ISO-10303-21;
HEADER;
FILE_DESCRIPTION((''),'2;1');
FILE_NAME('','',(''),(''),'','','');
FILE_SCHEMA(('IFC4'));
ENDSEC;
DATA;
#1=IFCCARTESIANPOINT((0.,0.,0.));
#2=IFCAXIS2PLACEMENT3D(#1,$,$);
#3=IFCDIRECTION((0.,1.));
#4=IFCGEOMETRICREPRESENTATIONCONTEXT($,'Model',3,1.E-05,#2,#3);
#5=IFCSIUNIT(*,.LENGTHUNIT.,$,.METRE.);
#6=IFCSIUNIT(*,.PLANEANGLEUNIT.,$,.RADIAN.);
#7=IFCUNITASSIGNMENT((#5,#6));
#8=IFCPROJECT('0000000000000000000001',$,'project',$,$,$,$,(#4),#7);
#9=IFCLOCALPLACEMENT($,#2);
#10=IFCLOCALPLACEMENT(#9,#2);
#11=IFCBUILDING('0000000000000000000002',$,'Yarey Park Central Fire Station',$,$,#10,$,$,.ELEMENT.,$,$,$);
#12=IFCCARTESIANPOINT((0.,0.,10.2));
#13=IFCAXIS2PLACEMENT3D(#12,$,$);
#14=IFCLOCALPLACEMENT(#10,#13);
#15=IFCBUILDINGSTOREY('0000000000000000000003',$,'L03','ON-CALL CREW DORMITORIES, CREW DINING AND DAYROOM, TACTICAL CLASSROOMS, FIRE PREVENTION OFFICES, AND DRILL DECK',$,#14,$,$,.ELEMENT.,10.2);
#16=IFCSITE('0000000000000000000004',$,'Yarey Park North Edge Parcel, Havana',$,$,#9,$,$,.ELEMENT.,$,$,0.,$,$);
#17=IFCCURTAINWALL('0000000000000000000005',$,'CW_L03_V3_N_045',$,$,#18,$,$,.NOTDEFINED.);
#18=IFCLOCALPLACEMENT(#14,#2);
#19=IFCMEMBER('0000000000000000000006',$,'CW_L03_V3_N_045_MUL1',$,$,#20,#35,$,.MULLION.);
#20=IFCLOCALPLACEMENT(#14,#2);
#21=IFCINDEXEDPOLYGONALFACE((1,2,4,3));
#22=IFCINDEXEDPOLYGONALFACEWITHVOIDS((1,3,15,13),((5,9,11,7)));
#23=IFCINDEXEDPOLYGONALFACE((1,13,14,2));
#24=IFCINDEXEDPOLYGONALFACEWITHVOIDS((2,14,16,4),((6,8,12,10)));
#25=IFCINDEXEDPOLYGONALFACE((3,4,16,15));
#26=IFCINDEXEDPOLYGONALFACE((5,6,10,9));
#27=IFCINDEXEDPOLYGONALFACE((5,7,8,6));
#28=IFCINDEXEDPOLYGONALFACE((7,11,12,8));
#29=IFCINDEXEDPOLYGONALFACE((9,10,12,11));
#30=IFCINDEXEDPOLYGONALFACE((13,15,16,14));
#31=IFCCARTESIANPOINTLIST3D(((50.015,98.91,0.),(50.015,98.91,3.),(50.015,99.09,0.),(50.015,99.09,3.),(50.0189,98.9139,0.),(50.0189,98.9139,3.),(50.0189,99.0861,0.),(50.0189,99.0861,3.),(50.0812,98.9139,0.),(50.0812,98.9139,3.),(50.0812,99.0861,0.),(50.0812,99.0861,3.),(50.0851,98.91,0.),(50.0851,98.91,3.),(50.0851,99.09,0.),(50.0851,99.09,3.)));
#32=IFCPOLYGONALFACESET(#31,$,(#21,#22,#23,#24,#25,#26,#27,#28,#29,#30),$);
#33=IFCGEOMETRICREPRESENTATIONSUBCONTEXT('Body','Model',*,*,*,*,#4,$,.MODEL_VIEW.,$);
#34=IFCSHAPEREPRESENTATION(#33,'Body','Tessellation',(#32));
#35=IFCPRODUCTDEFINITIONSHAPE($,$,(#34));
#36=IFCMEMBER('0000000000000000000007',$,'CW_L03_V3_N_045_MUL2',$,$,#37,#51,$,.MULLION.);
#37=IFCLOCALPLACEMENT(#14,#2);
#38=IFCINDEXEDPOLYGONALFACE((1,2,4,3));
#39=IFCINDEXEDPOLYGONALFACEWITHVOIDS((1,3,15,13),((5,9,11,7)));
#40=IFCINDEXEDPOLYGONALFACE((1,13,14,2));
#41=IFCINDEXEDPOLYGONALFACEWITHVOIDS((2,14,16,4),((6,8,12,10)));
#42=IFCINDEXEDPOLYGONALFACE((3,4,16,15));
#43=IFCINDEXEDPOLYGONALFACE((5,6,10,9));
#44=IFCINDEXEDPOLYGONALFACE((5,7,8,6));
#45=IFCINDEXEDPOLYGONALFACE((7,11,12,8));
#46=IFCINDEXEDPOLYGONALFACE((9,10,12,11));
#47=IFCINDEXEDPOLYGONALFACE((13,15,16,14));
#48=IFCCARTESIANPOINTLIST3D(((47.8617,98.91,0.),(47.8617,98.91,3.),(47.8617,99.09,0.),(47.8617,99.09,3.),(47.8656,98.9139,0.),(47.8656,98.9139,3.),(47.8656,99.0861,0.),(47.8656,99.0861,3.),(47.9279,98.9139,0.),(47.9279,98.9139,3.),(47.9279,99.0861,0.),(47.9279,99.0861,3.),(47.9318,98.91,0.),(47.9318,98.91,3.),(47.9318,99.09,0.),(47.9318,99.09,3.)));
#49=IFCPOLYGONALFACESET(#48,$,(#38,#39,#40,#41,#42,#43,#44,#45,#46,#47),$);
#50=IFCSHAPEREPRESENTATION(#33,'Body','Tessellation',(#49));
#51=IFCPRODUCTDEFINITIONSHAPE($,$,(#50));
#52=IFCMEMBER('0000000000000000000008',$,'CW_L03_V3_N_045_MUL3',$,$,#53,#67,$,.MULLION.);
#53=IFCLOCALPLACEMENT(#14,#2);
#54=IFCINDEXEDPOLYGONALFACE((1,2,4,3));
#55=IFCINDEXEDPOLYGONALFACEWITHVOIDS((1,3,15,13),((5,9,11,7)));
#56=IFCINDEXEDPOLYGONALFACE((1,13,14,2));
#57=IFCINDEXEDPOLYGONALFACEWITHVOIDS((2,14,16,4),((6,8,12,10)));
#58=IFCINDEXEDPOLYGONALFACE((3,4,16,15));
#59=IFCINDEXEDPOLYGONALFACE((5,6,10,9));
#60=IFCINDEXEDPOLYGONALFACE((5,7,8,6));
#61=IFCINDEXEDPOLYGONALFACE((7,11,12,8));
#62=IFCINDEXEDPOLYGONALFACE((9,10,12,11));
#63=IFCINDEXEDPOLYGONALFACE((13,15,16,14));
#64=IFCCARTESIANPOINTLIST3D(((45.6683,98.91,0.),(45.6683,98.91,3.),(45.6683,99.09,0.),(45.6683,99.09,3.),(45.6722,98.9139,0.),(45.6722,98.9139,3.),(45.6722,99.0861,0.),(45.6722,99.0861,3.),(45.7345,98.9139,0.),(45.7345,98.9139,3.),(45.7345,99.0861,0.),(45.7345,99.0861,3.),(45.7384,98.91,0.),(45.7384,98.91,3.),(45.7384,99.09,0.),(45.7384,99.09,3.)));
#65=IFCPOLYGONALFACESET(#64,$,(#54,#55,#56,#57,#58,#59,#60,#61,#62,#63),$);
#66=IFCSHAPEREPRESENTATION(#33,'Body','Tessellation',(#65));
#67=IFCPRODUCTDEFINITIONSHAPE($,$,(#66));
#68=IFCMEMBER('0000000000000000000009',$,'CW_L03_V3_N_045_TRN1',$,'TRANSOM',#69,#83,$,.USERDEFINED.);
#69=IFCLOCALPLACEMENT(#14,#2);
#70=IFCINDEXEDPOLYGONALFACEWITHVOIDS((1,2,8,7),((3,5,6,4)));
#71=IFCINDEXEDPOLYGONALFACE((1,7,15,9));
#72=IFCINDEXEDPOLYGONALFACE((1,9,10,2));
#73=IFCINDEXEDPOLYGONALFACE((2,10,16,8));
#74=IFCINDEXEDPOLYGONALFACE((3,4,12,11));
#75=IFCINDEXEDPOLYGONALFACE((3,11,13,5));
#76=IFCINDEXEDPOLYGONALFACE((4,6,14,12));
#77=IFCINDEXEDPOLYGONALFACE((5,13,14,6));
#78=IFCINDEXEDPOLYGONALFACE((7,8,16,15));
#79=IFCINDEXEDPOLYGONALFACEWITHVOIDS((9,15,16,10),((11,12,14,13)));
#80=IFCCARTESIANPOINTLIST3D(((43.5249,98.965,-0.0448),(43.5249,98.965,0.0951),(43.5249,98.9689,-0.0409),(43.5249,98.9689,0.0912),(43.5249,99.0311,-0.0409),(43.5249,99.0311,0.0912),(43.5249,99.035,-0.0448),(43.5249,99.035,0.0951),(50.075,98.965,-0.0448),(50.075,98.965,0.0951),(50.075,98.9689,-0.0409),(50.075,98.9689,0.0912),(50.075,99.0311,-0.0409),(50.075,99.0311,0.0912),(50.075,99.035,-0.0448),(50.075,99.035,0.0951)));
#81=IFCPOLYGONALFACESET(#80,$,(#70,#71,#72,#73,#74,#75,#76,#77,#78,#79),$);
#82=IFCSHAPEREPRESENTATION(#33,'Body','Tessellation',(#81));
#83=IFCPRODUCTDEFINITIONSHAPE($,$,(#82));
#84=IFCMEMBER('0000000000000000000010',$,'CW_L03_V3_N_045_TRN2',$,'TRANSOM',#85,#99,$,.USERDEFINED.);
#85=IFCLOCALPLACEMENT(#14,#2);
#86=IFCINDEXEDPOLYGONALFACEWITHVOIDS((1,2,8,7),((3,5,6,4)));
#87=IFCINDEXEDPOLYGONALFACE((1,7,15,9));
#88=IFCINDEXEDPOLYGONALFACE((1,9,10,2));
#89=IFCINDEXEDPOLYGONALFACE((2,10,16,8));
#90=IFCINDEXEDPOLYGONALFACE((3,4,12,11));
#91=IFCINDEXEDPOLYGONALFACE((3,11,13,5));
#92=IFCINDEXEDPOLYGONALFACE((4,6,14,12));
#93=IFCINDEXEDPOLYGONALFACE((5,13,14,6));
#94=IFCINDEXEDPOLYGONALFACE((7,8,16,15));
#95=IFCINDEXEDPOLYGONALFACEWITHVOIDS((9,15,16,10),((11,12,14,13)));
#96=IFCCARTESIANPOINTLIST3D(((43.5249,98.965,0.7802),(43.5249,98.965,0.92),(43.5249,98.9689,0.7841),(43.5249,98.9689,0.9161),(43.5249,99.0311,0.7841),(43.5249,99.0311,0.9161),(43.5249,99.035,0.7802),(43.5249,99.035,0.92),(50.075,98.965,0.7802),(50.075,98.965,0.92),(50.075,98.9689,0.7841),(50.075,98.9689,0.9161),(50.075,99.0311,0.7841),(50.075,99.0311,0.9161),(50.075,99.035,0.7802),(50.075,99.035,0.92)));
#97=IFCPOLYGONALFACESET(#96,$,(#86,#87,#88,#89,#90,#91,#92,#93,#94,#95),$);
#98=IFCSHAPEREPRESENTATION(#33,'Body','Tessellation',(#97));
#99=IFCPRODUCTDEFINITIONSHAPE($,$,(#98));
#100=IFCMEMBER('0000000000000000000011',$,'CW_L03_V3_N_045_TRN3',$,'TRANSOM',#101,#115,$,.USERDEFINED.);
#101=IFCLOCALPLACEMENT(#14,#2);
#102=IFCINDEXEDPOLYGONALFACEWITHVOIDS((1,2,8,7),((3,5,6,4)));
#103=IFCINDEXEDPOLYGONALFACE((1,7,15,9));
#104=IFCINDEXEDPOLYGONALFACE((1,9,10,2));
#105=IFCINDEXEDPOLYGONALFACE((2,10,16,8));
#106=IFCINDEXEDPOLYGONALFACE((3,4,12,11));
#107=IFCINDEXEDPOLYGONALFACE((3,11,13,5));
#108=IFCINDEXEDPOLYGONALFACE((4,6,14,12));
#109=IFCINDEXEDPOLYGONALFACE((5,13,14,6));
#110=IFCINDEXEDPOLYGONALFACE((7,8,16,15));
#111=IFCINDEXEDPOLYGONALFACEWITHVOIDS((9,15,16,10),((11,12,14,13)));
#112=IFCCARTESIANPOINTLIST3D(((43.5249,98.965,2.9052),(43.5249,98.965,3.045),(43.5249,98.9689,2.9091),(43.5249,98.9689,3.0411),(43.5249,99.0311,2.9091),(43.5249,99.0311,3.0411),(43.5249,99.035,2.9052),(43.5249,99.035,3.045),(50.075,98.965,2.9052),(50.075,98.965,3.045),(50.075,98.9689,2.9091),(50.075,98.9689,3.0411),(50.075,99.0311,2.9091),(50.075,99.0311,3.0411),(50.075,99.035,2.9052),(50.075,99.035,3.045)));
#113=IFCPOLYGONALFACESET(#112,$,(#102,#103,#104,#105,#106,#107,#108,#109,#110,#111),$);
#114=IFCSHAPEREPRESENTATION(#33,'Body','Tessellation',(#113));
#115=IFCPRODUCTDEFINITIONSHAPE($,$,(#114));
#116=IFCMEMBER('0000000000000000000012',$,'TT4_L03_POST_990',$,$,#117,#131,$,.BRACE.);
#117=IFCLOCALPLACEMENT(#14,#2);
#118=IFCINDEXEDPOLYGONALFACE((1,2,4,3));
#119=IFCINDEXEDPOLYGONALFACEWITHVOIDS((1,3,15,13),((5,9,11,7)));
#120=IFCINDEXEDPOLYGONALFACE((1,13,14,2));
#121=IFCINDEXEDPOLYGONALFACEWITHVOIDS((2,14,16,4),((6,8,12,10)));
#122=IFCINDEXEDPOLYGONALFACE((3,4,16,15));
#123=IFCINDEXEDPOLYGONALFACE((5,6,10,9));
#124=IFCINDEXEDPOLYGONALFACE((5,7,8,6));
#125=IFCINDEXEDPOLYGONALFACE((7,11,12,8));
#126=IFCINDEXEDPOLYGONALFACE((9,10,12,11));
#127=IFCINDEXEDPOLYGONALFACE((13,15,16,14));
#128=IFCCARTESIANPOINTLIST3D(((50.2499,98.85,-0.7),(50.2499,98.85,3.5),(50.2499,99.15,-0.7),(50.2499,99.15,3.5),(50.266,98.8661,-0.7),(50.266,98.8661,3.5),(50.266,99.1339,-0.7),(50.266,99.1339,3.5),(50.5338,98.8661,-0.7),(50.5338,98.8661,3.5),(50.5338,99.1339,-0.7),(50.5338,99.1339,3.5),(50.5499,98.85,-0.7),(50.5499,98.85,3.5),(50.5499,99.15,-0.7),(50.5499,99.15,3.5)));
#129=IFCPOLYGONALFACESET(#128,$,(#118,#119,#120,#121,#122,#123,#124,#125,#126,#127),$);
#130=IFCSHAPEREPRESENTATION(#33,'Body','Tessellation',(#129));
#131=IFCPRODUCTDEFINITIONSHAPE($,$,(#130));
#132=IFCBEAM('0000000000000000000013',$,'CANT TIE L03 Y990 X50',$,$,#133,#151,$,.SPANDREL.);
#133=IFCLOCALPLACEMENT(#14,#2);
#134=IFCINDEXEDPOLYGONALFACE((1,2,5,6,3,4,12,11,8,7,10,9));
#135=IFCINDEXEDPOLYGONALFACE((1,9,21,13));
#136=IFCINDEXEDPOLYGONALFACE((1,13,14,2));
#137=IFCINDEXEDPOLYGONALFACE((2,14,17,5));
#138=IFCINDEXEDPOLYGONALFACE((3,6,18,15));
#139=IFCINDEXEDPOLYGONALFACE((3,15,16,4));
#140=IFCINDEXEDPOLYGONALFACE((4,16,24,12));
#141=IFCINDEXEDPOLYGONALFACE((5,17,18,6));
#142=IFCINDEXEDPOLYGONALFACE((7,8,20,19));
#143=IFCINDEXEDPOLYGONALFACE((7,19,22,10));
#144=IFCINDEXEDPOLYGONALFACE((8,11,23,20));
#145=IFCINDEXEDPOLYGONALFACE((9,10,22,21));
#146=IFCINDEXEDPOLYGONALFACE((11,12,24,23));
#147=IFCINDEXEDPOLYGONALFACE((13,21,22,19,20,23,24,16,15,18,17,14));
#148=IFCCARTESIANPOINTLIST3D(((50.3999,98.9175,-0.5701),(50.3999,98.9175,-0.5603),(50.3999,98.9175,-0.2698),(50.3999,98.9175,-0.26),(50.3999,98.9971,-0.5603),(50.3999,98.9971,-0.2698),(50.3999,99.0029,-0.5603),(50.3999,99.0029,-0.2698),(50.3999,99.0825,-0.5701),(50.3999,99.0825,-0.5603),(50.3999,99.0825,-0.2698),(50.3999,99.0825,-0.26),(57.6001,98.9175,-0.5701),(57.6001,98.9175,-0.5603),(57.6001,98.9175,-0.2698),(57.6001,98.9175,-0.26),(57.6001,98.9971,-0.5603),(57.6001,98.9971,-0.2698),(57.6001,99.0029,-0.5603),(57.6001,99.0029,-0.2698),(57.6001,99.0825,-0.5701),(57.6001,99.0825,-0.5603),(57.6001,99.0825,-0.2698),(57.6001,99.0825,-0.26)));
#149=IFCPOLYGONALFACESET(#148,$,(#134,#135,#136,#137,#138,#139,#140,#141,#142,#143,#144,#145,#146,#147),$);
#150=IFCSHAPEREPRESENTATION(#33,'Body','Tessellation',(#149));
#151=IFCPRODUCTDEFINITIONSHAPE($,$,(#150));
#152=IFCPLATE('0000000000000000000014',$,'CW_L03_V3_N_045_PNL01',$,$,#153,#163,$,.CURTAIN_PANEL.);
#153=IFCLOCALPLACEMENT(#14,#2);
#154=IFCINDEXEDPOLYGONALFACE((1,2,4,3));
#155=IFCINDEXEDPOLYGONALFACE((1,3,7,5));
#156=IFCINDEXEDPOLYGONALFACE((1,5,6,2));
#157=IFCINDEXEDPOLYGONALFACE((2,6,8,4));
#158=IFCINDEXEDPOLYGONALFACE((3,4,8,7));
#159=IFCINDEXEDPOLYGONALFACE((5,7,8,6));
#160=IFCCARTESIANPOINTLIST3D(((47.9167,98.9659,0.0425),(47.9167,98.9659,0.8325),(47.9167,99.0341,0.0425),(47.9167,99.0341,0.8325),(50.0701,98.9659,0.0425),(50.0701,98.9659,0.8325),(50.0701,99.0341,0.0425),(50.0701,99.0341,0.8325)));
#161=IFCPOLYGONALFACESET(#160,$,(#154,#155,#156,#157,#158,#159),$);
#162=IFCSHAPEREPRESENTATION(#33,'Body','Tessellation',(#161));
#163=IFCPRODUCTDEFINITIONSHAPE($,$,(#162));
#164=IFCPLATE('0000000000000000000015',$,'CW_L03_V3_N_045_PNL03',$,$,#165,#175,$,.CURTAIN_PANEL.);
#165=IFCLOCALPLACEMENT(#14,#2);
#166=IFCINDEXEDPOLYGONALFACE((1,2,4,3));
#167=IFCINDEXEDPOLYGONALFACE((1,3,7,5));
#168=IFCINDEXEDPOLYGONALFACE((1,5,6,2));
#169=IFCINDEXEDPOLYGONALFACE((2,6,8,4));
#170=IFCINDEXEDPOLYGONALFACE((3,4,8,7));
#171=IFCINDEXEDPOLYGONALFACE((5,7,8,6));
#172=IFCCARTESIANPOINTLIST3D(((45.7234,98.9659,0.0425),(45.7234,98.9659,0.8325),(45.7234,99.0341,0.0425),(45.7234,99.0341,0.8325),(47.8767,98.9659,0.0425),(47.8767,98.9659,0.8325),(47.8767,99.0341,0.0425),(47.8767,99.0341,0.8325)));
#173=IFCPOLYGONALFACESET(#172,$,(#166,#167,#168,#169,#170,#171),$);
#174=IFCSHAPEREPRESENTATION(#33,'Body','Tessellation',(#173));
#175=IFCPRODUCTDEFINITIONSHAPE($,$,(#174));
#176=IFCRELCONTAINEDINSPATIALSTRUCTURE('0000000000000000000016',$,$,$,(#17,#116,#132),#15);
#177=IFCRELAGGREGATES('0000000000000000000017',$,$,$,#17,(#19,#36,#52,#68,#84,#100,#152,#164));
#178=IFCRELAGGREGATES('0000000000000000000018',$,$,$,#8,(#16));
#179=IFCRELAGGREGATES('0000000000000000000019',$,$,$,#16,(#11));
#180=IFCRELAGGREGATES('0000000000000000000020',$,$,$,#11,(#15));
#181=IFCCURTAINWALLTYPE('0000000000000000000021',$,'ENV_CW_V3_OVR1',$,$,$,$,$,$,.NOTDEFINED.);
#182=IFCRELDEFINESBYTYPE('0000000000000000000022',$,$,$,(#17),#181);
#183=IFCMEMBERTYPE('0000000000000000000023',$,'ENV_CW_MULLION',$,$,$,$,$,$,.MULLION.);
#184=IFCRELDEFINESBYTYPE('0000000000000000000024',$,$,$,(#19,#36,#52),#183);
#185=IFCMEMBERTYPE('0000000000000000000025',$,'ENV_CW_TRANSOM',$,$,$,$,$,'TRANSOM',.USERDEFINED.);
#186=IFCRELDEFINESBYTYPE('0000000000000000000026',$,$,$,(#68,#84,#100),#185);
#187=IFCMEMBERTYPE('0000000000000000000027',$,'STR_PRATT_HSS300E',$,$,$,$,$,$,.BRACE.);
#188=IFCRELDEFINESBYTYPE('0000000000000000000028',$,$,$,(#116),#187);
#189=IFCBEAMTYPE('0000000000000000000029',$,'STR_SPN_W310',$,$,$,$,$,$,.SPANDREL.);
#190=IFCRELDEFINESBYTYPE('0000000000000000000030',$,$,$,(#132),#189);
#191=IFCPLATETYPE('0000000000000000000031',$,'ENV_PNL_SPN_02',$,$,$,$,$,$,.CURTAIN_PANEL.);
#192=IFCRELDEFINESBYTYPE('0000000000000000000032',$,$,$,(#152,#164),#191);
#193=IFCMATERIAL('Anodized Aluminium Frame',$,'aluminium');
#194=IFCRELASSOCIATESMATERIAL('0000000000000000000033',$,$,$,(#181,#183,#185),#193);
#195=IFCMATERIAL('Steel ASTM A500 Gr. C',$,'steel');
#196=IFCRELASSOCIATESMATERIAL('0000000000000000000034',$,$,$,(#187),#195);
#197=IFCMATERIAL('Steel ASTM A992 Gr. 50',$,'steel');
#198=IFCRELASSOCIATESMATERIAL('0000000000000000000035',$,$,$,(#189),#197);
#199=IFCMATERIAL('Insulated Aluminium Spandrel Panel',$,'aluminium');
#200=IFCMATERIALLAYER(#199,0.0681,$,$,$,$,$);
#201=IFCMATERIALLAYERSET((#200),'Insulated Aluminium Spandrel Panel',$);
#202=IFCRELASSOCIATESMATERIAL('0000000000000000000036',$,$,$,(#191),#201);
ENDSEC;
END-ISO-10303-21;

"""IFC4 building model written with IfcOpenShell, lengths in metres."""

from ifc_helpers import new_model, si_unit, direction, frame, origin, origin_2d, place, context, subcontext, project, spatial, rectangle, hollow_rectangle, i_section, extrude, material, layer, layer_set, material_profile, profile_set, type_object, element, aggregate, save


model = new_model("IFC4")

# Units and contexts
model_context = context("Model", 3, precision=1e-05, world=origin(), true_north=direction((0.0, 1.0)))
body_context = subcontext(model_context, "Body", "Model", "MODEL_VIEW")
ifc_project = project(units=[si_unit("LENGTHUNIT", "METRE"), si_unit("PLANEANGLEUNIT", "RADIAN")], contexts=[model_context])

# Site, building, storey
site_placement = place(None, origin())
site = spatial("IfcSite", under=ifc_project, at=site_placement, Name="Yarey Park North Edge Parcel, Havana", CompositionType="ELEMENT", RefElevation=0.0)
building_placement = place(site_placement, origin())
building = spatial("IfcBuilding", under=site, at=building_placement, Name="Yarey Park Central Fire Station", CompositionType="ELEMENT")
storey_placement = place(building_placement, frame((0.0, 0.0, 10.2)))
storey = spatial("IfcBuildingStorey", under=building, at=storey_placement, Name="L03", Description="ON-CALL CREW DORMITORIES, CREW DINING AND DAYROOM, TACTICAL CLASSROOMS, FIRE PREVENTION OFFICES, AND DRILL DECK", CompositionType="ELEMENT", Elevation=10.2)

# Curtain wall, members
ifc_material_1 = material(Name="Anodized Aluminium Frame", Category="aluminium")
curtain_wall_type = type_object("IfcCurtainWallType", Name="ENV_CW_V3_OVR1", PredefinedType="NOTDEFINED", material=ifc_material_1)
curtain_wall_placement = place(storey_placement, origin())
curtain_wall = element("IfcCurtainWall", 1, at=curtain_wall_placement, inside=storey, type_object=curtain_wall_type, Name="CW_L03_V3_N_045", PredefinedType="NOTDEFINED")
ifc_material_profile_1 = material_profile(ifc_material_1, hollow_rectangle(XDim=0.0701, YDim=0.1799, WallThickness=0.0039, at=origin_2d()), Name="ALU 180x70x4")
ifc_profile_set_1 = profile_set([ifc_material_profile_1], Name="Anodized Aluminium Frame")
member_type_1 = type_object("IfcMemberType", Name="ENV_CW_MULLION", PredefinedType="MULLION", material=ifc_profile_set_1)
member_1_placement = place(storey_placement, frame((50.05, 99.0, 0.0), z_axis=(0.0, 0.0, 1.0), x_axis=(1.0, 0.0, 0.0)))
member_1 = element("IfcMember", 2, at=member_1_placement, type_object=member_type_1, Name="CW_L03_V3_N_045_MUL1", PredefinedType="MULLION", context=body_context, shape_type="SweptSolid", body=[
    extrude(hollow_rectangle(XDim=0.0701, YDim=0.1799, WallThickness=0.0039, at=origin_2d()), origin(), (0.0, 0.0, 1.0), 3.0),
])
member_2_placement = place(storey_placement, frame((47.8967, 99.0, 0.0), z_axis=(0.0, 0.0, 1.0), x_axis=(1.0, 0.0, 0.0)))
member_2 = element("IfcMember", 3, at=member_2_placement, type_object=member_type_1, Name="CW_L03_V3_N_045_MUL2", PredefinedType="MULLION", context=body_context, shape_type="SweptSolid", body=[
    extrude(hollow_rectangle(XDim=0.0701, YDim=0.1799, WallThickness=0.0039, at=origin_2d()), origin(), (0.0, 0.0, 1.0), 3.0),
])
member_3_placement = place(storey_placement, frame((45.7034, 99.0, 0.0), z_axis=(0.0, 0.0, 1.0), x_axis=(1.0, 0.0, 0.0)))
member_3 = element("IfcMember", 4, at=member_3_placement, type_object=member_type_1, Name="CW_L03_V3_N_045_MUL3", PredefinedType="MULLION", context=body_context, shape_type="SweptSolid", body=[
    extrude(hollow_rectangle(XDim=0.0701, YDim=0.1799, WallThickness=0.0039, at=origin_2d()), origin(), (0.0, 0.0, 1.0), 3.0),
])
ifc_material_profile_2 = material_profile(ifc_material_1, hollow_rectangle(XDim=0.0701, YDim=0.1399, WallThickness=0.0039, at=origin_2d()), Name="ALU 140x70x4")
ifc_profile_set_2 = profile_set([ifc_material_profile_2], Name="Anodized Aluminium Frame")
member_type_2 = type_object("IfcMemberType", Name="ENV_CW_TRANSOM", ElementType="TRANSOM", PredefinedType="USERDEFINED", material=ifc_profile_set_2)
member_4_placement = place(storey_placement, frame((50.075, 99.0, 0.0251), z_axis=(-1.0, 0.0, 0.0), x_axis=(0.0, -1.0, 0.0)))
member_4 = element("IfcMember", 5, at=member_4_placement, type_object=member_type_2, Name="CW_L03_V3_N_045_TRN1", ObjectType="TRANSOM", PredefinedType="USERDEFINED", context=body_context, shape_type="SweptSolid", body=[
    extrude(hollow_rectangle(XDim=0.0701, YDim=0.1399, WallThickness=0.0039, at=origin_2d()), origin(), (0.0, 0.0, 1.0), 6.55),
])
member_5_placement = place(storey_placement, frame((50.075, 99.0, 0.8501), z_axis=(-1.0, 0.0, 0.0), x_axis=(0.0, -1.0, 0.0)))
member_5 = element("IfcMember", 6, at=member_5_placement, type_object=member_type_2, Name="CW_L03_V3_N_045_TRN2", ObjectType="TRANSOM", PredefinedType="USERDEFINED", context=body_context, shape_type="SweptSolid", body=[
    extrude(hollow_rectangle(XDim=0.0701, YDim=0.1399, WallThickness=0.0039, at=origin_2d()), origin(), (0.0, 0.0, 1.0), 6.55),
])
member_6_placement = place(storey_placement, frame((50.075, 99.0, 2.9751), z_axis=(-1.0, 0.0, 0.0), x_axis=(0.0, -1.0, 0.0)))
member_6 = element("IfcMember", 7, at=member_6_placement, type_object=member_type_2, Name="CW_L03_V3_N_045_TRN3", ObjectType="TRANSOM", PredefinedType="USERDEFINED", context=body_context, shape_type="SweptSolid", body=[
    extrude(hollow_rectangle(XDim=0.0701, YDim=0.1399, WallThickness=0.0039, at=origin_2d()), origin(), (0.0, 0.0, 1.0), 6.55),
])

# Member
ifc_material_2 = material(Name="Steel ASTM A500 Gr. C", Category="steel")
ifc_material_profile_3 = material_profile(ifc_material_2, hollow_rectangle(XDim=0.3, YDim=0.3, WallThickness=0.0161, at=origin_2d()), Name="HSS 300x300x16")
ifc_profile_set_3 = profile_set([ifc_material_profile_3], Name="Steel ASTM A500 Gr. C")
member_type_3 = type_object("IfcMemberType", Name="STR_PRATT_HSS300E", PredefinedType="BRACE", material=ifc_profile_set_3)
member_7_placement = place(storey_placement, frame((50.3999, 99.0, -0.7), z_axis=(0.0, 0.0, 1.0), x_axis=(1.0, 0.0, 0.0)))
element("IfcMember", 8, at=member_7_placement, inside=storey, type_object=member_type_3, Name="TT4_L03_POST_990", PredefinedType="BRACE", context=body_context, shape_type="SweptSolid", body=[
    extrude(hollow_rectangle(XDim=0.3, YDim=0.3, WallThickness=0.0161, at=origin_2d()), origin(), (0.0, 0.0, 1.0), 4.2),
])

# Beam
ifc_material_3 = material(Name="Steel ASTM A992 Gr. 50", Category="steel")
ifc_material_profile_4 = material_profile(ifc_material_3, i_section(OverallWidth=0.165, OverallDepth=0.3101, WebThickness=0.0059, FlangeThickness=0.0098, at=origin_2d()), Name="W310x39")
ifc_profile_set_4 = profile_set([ifc_material_profile_4], Name="Steel ASTM A992 Gr. 50")
beam_type = type_object("IfcBeamType", Name="STR_SPN_W310", PredefinedType="SPANDREL", material=ifc_profile_set_4)
beam_placement = place(storey_placement, frame((50.3999, 99.0, -0.415), z_axis=(1.0, 0.0, 0.0), x_axis=(0.0, 1.0, 0.0)))
element("IfcBeam", 9, at=beam_placement, inside=storey, type_object=beam_type, Name="CANT TIE L03 Y990 X50", PredefinedType="SPANDREL", context=body_context, shape_type="SweptSolid", body=[
    extrude(i_section(OverallWidth=0.165, OverallDepth=0.3101, WebThickness=0.0059, FlangeThickness=0.0098, at=origin_2d()), origin(), (0.0, 0.0, 1.0), 7.2002),
])

# Plates
ifc_material_4 = material(Name="Insulated Aluminium Spandrel Panel", Category="aluminium")
ifc_layer_1 = layer(ifc_material_4, 0.0681)
ifc_layer_set_1 = layer_set([ifc_layer_1], Name="Insulated Aluminium Spandrel Panel")
plate_type_1 = type_object("IfcPlateType", Name="ENV_PNL_SPN_02", PredefinedType="CURTAIN_PANEL", material=ifc_layer_set_1)
plate_1_placement = place(storey_placement, frame((48.9934, 99.0, 0.0425), z_axis=(0.0, 0.0, 1.0), x_axis=(-1.0, 0.0, 0.0)))
plate_1 = element("IfcPlate", 10, at=plate_1_placement, type_object=plate_type_1, Name="CW_L03_V3_N_045_PNL01", PredefinedType="CURTAIN_PANEL", context=body_context, shape_type="SweptSolid", body=[
    extrude(rectangle(XDim=2.1533, YDim=0.0681, at=origin_2d()), origin(), (0.0, 0.0, 1.0), 0.79),
])
plate_2_placement = place(storey_placement, frame((46.8, 99.0, 0.0425), z_axis=(0.0, 0.0, 1.0), x_axis=(-1.0, 0.0, 0.0)))
plate_2 = element("IfcPlate", 11, at=plate_2_placement, type_object=plate_type_1, Name="CW_L03_V3_N_045_PNL03", PredefinedType="CURTAIN_PANEL", context=body_context, shape_type="SweptSolid", body=[
    extrude(rectangle(XDim=2.1533, YDim=0.0681, at=origin_2d()), origin(), (0.0, 0.0, 1.0), 0.79),
])
aggregate(curtain_wall, [member_1, member_2, member_3, member_4, member_5, member_6, plate_1, plate_2])

save(model, "model.ifc")
